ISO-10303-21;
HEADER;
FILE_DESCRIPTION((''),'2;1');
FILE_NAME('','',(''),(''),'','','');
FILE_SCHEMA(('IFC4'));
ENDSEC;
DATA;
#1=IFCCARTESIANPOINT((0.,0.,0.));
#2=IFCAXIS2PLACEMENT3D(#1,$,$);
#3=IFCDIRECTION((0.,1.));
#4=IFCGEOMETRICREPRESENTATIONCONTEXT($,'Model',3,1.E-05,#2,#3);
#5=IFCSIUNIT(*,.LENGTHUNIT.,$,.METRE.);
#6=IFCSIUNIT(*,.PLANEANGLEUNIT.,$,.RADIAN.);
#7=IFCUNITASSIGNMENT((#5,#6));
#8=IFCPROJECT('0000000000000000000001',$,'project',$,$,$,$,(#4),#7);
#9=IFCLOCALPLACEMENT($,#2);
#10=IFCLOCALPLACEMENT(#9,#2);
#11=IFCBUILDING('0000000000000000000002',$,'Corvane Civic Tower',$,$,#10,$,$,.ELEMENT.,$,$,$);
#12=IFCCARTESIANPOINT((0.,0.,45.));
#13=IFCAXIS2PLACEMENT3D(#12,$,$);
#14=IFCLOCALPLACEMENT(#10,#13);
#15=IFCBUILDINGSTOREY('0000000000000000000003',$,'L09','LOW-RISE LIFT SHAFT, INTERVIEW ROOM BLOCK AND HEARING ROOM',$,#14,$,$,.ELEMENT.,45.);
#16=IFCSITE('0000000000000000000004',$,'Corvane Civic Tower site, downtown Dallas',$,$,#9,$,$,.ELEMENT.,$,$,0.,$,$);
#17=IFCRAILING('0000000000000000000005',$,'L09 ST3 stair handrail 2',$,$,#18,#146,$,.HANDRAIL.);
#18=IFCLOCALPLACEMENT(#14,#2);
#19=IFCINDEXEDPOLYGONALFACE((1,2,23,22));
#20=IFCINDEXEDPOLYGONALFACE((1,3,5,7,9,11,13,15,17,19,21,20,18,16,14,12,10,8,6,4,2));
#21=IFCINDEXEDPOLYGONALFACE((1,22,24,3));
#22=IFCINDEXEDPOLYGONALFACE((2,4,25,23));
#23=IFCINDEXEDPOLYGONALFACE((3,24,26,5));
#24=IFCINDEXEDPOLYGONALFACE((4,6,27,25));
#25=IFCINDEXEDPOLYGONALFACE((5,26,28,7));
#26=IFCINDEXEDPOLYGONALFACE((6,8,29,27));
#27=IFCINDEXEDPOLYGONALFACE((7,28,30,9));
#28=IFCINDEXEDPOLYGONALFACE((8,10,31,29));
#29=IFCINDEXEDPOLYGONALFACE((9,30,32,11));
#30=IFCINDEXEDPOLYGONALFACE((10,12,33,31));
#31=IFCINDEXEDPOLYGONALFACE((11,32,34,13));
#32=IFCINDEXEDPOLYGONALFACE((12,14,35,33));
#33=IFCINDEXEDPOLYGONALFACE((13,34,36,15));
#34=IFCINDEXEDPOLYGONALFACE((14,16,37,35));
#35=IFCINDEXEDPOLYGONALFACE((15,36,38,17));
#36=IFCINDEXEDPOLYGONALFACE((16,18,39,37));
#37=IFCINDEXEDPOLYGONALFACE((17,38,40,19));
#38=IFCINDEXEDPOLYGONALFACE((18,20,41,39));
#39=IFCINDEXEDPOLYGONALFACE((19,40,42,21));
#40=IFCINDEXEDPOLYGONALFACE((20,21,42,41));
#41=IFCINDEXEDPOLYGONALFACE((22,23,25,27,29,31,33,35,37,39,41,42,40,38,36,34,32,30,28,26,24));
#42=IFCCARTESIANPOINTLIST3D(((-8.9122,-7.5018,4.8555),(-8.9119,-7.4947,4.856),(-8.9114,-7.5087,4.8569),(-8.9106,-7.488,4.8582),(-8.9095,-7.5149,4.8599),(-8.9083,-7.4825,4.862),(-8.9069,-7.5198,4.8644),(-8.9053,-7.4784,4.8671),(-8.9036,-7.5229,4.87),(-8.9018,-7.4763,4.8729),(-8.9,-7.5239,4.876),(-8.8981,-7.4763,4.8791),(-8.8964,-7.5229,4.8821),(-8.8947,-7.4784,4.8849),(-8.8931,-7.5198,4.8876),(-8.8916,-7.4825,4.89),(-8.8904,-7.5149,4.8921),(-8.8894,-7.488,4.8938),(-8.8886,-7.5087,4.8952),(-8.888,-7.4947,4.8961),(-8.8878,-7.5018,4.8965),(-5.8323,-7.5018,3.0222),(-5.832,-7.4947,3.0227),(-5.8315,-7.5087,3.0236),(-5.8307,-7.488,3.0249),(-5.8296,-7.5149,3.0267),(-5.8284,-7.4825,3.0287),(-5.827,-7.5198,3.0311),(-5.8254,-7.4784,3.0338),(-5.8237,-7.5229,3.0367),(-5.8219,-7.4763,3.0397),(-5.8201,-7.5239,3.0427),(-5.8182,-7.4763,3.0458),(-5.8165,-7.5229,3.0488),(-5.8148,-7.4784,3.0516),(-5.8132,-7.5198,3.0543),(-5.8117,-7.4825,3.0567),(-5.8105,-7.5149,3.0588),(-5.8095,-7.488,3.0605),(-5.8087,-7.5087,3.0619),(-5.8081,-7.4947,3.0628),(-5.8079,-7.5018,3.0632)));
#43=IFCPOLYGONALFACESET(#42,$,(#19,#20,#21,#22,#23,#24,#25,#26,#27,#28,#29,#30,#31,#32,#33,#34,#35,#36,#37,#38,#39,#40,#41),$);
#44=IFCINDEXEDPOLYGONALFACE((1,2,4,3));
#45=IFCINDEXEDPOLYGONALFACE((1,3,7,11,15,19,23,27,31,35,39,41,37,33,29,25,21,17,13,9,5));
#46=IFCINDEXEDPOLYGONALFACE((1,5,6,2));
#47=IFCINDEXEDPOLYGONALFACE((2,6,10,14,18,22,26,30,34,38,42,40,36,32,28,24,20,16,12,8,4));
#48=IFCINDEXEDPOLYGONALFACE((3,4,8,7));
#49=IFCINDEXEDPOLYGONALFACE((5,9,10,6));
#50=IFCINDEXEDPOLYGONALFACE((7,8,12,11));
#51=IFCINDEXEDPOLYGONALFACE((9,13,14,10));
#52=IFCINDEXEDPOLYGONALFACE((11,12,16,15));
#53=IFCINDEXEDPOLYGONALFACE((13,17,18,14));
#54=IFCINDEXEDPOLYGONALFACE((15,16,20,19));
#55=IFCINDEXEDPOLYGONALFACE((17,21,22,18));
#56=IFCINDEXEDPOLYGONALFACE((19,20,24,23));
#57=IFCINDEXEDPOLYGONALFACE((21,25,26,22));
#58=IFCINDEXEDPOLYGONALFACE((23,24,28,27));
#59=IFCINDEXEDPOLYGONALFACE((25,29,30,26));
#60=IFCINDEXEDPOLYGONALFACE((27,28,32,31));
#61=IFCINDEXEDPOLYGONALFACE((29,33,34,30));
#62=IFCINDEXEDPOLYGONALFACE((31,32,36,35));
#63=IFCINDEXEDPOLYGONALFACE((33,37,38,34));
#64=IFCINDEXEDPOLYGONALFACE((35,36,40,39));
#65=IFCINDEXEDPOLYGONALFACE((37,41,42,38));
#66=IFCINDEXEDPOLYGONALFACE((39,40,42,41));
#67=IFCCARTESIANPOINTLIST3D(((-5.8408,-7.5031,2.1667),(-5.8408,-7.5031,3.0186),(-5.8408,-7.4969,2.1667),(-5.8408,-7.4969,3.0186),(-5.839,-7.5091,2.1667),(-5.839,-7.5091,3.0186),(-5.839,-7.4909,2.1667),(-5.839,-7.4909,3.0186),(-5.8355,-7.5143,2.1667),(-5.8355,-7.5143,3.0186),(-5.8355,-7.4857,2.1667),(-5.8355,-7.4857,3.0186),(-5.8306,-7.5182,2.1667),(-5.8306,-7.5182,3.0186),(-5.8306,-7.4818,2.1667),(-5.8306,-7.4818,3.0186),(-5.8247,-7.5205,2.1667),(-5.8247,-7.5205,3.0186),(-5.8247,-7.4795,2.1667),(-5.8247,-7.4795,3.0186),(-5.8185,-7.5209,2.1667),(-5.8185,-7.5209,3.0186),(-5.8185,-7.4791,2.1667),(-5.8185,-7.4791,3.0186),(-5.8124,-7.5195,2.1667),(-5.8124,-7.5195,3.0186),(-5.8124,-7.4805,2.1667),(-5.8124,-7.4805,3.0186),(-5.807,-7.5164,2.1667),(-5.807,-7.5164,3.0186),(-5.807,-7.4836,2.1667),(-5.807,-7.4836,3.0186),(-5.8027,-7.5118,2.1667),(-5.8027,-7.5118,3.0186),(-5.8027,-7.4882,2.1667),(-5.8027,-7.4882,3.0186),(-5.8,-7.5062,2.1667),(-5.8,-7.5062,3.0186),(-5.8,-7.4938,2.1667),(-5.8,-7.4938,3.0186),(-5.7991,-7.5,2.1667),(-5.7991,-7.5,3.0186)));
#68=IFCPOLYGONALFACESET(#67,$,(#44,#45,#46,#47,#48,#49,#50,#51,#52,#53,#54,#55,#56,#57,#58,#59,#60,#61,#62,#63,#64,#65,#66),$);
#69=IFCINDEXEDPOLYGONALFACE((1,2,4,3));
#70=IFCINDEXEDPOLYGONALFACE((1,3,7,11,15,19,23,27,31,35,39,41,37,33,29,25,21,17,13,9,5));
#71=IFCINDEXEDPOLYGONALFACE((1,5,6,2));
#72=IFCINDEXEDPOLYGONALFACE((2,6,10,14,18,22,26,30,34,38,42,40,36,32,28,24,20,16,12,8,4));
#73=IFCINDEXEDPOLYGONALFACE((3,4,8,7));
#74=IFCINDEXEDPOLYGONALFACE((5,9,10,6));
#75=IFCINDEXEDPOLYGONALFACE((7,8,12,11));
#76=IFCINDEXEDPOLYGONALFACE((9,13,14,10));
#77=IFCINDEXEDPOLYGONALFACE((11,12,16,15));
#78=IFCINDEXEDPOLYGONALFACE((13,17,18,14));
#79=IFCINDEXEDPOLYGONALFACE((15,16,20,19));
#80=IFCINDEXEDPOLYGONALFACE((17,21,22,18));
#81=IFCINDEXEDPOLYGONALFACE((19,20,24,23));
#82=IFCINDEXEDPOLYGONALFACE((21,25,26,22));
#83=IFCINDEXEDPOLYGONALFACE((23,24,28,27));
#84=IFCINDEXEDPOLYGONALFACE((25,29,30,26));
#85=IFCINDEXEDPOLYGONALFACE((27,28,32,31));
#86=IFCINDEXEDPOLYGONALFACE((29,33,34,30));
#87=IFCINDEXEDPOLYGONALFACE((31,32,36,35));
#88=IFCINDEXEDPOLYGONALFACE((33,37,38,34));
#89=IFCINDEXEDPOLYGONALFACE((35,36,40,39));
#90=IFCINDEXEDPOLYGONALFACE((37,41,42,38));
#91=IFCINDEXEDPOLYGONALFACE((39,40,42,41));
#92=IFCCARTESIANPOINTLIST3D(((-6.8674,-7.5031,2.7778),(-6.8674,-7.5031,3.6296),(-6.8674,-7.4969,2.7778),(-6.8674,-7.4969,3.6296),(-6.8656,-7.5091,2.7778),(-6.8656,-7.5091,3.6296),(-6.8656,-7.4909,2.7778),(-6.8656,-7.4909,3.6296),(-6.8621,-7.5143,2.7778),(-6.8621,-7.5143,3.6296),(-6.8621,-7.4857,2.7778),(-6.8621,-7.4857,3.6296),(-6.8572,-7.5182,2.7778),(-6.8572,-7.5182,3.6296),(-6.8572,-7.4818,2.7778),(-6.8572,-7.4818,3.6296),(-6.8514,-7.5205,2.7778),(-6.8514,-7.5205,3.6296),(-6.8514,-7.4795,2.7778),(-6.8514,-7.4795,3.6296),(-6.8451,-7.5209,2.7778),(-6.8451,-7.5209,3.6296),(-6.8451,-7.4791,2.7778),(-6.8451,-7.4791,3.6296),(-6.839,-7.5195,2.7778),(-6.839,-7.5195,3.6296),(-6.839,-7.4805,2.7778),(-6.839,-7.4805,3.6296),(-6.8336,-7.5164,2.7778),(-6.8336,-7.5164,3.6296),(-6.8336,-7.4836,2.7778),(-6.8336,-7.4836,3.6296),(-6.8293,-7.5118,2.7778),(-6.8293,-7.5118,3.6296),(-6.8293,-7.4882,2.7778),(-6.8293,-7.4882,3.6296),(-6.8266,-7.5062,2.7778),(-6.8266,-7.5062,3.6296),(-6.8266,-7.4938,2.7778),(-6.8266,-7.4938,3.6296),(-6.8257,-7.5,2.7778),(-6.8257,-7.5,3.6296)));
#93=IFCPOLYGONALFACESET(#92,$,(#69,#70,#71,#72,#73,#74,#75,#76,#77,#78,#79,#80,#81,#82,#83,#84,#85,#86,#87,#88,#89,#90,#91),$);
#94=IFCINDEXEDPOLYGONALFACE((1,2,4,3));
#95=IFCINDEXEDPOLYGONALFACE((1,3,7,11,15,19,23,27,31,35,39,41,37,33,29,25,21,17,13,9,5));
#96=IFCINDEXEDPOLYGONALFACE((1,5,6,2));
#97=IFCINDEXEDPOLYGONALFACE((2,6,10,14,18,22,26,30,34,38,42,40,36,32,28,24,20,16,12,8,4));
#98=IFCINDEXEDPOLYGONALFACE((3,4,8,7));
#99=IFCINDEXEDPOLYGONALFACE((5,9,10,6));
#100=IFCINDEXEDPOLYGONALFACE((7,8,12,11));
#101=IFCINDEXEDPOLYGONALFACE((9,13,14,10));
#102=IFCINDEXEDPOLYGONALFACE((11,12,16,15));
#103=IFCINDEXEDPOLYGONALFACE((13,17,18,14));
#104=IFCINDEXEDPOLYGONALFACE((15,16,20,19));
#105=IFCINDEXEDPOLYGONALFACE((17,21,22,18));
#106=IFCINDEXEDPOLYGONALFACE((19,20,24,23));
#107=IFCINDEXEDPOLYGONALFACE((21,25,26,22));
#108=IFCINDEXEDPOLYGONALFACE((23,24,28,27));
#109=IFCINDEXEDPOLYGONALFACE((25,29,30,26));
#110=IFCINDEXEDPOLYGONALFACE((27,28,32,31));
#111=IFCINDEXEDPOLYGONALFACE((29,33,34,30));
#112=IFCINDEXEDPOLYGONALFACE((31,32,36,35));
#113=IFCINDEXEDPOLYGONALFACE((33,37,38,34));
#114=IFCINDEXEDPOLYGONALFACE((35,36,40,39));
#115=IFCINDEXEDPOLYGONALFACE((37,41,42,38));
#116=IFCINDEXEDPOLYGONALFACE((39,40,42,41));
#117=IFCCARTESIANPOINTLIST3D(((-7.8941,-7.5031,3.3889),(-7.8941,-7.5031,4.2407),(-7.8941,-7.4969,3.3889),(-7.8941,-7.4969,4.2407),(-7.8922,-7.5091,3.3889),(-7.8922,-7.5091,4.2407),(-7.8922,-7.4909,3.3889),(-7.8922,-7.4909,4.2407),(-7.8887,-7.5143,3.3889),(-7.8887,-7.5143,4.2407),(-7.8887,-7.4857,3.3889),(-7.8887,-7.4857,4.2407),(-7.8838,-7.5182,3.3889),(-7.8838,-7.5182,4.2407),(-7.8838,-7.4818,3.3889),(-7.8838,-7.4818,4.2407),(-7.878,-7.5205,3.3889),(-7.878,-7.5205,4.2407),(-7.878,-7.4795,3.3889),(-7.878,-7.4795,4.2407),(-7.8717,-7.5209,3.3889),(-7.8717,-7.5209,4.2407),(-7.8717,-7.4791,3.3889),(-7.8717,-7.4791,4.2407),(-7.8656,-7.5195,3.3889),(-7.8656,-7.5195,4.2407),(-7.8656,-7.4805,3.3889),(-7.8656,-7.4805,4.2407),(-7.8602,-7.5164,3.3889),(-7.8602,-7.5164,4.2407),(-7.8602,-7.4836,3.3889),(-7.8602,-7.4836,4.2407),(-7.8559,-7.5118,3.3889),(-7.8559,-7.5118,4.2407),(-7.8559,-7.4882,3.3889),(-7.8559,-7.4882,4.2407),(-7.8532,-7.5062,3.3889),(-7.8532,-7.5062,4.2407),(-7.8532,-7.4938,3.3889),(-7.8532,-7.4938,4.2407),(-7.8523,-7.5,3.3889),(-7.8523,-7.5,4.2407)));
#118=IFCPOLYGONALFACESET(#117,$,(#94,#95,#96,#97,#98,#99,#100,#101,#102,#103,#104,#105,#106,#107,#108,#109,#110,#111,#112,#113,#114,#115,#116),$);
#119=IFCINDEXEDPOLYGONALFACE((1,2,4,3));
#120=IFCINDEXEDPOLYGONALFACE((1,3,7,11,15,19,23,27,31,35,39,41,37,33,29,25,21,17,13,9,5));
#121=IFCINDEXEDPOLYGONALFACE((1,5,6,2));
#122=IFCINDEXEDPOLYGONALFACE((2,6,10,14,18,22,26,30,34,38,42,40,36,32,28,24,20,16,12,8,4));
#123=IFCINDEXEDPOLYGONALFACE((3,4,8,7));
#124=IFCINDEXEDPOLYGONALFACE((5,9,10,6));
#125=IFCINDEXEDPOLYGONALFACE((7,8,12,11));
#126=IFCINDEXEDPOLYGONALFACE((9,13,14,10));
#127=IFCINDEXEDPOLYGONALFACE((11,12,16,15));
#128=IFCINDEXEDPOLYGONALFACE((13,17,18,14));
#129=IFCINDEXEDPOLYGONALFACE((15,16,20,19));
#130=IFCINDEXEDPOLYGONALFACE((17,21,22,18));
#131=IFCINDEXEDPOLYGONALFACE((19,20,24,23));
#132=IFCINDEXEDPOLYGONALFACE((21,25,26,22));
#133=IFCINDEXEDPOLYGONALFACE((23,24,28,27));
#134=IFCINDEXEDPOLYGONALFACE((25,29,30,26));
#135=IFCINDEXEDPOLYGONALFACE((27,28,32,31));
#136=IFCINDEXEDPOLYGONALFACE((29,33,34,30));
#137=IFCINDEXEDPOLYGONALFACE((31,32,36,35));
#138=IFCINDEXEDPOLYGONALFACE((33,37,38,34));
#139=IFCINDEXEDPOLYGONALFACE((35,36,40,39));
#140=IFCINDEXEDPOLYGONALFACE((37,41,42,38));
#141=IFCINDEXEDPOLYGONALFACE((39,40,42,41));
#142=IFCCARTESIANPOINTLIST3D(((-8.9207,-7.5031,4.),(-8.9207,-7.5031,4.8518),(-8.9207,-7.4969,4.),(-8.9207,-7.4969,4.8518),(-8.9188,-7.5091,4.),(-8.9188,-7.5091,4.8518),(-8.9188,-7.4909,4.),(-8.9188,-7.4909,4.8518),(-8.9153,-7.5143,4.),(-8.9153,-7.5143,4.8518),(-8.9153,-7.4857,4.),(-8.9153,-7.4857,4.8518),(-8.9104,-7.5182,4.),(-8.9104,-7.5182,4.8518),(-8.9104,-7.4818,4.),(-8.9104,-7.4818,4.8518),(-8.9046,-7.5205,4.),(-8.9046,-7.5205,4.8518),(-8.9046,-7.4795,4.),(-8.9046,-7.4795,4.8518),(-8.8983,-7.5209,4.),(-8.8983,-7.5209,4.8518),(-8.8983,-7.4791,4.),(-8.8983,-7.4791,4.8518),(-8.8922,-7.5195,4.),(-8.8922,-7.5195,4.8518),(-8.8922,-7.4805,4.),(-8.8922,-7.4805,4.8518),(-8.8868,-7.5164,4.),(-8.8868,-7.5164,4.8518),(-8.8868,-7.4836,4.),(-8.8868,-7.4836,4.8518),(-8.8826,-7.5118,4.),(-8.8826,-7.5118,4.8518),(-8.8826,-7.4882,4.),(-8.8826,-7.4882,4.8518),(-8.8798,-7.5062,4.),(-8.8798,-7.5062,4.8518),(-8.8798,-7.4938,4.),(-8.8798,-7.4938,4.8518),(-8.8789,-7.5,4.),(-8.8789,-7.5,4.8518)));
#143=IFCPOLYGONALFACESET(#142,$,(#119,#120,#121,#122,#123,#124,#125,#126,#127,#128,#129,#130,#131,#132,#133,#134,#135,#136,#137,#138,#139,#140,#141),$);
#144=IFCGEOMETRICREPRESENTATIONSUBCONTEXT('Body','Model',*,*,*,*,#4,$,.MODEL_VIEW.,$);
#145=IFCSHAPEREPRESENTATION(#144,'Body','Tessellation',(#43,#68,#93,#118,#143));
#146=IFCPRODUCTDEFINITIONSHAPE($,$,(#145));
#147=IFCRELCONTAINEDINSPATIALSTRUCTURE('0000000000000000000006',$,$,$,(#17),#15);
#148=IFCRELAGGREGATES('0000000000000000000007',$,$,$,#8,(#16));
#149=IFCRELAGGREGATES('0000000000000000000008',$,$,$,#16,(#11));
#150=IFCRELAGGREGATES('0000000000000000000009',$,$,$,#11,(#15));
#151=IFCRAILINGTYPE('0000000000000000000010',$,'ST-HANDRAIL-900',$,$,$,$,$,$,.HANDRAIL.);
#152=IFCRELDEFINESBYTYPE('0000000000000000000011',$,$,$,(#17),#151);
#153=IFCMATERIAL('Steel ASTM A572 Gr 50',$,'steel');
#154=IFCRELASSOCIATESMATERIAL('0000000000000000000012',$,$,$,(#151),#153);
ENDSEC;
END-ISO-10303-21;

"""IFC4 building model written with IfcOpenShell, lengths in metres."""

from ifc_helpers import new_model, si_unit, direction, frame, origin, origin_2d, place, context, subcontext, project, spatial, circle, extrude, material, type_object, element, save


model = new_model("IFC4")

# Units and contexts
model_context = context("Model", 3, precision=1e-05, world=origin(), true_north=direction((0.0, 1.0)))
body_context = subcontext(model_context, "Body", "Model", "MODEL_VIEW")
ifc_project = project(units=[si_unit("LENGTHUNIT", "METRE"), si_unit("PLANEANGLEUNIT", "RADIAN")], contexts=[model_context])

# Site, building, storey
site_placement = place(None, origin())
site = spatial("IfcSite", under=ifc_project, at=site_placement, Name="Corvane Civic Tower site, downtown Dallas", CompositionType="ELEMENT", RefElevation=0.0)
building_placement = place(site_placement, origin())
building = spatial("IfcBuilding", under=site, at=building_placement, Name="Corvane Civic Tower", CompositionType="ELEMENT")
storey_placement = place(building_placement, frame((0.0, 0.0, 45.0)))
storey = spatial("IfcBuildingStorey", under=building, at=storey_placement, Name="L09", Description="LOW-RISE LIFT SHAFT, INTERVIEW ROOM BLOCK AND HEARING ROOM", CompositionType="ELEMENT", Elevation=45.0)

# Railing
ifc_material_1 = material(Name="Steel ASTM A572 Gr 50", Category="steel")
railing_type_1 = type_object("IfcRailingType", Name="ST-HANDRAIL-900", PredefinedType="HANDRAIL", material=ifc_material_1)
railing_1_placement = place(storey_placement, frame((-5.8201, -7.5, 2.1667)))
element("IfcRailing", 1, at=railing_1_placement, inside=storey, type_object=railing_type_1, Name="L09 ST3 stair handrail 2", PredefinedType="HANDRAIL", context=body_context, shape_type="SweptSolid", body=[
    extrude(circle(Radius=0.0239, at=origin_2d()), frame((0.0, 0.0, 0.876), z_axis=(-0.859291, 0.0, 0.511487), x_axis=(0.0, -1.0, 0.0)), (0.0, 0.0, 1.0), 3.5842),
    extrude(circle(Radius=0.021, at=origin_2d()), origin(), (0.0, 0.0, 1.0), 0.8518),
    extrude(circle(Radius=0.021, at=origin_2d()), frame((-1.0266, 0.0, 0.6111)), (0.0, 0.0, 1.0), 0.8518),
    extrude(circle(Radius=0.021, at=origin_2d()), frame((-2.0532, 0.0, 1.2222)), (0.0, 0.0, 1.0), 0.8518),
    extrude(circle(Radius=0.021, at=origin_2d()), frame((-3.0798, 0.0, 1.8333)), (0.0, 0.0, 1.0), 0.8518),
])

save(model, "model.ifc")
